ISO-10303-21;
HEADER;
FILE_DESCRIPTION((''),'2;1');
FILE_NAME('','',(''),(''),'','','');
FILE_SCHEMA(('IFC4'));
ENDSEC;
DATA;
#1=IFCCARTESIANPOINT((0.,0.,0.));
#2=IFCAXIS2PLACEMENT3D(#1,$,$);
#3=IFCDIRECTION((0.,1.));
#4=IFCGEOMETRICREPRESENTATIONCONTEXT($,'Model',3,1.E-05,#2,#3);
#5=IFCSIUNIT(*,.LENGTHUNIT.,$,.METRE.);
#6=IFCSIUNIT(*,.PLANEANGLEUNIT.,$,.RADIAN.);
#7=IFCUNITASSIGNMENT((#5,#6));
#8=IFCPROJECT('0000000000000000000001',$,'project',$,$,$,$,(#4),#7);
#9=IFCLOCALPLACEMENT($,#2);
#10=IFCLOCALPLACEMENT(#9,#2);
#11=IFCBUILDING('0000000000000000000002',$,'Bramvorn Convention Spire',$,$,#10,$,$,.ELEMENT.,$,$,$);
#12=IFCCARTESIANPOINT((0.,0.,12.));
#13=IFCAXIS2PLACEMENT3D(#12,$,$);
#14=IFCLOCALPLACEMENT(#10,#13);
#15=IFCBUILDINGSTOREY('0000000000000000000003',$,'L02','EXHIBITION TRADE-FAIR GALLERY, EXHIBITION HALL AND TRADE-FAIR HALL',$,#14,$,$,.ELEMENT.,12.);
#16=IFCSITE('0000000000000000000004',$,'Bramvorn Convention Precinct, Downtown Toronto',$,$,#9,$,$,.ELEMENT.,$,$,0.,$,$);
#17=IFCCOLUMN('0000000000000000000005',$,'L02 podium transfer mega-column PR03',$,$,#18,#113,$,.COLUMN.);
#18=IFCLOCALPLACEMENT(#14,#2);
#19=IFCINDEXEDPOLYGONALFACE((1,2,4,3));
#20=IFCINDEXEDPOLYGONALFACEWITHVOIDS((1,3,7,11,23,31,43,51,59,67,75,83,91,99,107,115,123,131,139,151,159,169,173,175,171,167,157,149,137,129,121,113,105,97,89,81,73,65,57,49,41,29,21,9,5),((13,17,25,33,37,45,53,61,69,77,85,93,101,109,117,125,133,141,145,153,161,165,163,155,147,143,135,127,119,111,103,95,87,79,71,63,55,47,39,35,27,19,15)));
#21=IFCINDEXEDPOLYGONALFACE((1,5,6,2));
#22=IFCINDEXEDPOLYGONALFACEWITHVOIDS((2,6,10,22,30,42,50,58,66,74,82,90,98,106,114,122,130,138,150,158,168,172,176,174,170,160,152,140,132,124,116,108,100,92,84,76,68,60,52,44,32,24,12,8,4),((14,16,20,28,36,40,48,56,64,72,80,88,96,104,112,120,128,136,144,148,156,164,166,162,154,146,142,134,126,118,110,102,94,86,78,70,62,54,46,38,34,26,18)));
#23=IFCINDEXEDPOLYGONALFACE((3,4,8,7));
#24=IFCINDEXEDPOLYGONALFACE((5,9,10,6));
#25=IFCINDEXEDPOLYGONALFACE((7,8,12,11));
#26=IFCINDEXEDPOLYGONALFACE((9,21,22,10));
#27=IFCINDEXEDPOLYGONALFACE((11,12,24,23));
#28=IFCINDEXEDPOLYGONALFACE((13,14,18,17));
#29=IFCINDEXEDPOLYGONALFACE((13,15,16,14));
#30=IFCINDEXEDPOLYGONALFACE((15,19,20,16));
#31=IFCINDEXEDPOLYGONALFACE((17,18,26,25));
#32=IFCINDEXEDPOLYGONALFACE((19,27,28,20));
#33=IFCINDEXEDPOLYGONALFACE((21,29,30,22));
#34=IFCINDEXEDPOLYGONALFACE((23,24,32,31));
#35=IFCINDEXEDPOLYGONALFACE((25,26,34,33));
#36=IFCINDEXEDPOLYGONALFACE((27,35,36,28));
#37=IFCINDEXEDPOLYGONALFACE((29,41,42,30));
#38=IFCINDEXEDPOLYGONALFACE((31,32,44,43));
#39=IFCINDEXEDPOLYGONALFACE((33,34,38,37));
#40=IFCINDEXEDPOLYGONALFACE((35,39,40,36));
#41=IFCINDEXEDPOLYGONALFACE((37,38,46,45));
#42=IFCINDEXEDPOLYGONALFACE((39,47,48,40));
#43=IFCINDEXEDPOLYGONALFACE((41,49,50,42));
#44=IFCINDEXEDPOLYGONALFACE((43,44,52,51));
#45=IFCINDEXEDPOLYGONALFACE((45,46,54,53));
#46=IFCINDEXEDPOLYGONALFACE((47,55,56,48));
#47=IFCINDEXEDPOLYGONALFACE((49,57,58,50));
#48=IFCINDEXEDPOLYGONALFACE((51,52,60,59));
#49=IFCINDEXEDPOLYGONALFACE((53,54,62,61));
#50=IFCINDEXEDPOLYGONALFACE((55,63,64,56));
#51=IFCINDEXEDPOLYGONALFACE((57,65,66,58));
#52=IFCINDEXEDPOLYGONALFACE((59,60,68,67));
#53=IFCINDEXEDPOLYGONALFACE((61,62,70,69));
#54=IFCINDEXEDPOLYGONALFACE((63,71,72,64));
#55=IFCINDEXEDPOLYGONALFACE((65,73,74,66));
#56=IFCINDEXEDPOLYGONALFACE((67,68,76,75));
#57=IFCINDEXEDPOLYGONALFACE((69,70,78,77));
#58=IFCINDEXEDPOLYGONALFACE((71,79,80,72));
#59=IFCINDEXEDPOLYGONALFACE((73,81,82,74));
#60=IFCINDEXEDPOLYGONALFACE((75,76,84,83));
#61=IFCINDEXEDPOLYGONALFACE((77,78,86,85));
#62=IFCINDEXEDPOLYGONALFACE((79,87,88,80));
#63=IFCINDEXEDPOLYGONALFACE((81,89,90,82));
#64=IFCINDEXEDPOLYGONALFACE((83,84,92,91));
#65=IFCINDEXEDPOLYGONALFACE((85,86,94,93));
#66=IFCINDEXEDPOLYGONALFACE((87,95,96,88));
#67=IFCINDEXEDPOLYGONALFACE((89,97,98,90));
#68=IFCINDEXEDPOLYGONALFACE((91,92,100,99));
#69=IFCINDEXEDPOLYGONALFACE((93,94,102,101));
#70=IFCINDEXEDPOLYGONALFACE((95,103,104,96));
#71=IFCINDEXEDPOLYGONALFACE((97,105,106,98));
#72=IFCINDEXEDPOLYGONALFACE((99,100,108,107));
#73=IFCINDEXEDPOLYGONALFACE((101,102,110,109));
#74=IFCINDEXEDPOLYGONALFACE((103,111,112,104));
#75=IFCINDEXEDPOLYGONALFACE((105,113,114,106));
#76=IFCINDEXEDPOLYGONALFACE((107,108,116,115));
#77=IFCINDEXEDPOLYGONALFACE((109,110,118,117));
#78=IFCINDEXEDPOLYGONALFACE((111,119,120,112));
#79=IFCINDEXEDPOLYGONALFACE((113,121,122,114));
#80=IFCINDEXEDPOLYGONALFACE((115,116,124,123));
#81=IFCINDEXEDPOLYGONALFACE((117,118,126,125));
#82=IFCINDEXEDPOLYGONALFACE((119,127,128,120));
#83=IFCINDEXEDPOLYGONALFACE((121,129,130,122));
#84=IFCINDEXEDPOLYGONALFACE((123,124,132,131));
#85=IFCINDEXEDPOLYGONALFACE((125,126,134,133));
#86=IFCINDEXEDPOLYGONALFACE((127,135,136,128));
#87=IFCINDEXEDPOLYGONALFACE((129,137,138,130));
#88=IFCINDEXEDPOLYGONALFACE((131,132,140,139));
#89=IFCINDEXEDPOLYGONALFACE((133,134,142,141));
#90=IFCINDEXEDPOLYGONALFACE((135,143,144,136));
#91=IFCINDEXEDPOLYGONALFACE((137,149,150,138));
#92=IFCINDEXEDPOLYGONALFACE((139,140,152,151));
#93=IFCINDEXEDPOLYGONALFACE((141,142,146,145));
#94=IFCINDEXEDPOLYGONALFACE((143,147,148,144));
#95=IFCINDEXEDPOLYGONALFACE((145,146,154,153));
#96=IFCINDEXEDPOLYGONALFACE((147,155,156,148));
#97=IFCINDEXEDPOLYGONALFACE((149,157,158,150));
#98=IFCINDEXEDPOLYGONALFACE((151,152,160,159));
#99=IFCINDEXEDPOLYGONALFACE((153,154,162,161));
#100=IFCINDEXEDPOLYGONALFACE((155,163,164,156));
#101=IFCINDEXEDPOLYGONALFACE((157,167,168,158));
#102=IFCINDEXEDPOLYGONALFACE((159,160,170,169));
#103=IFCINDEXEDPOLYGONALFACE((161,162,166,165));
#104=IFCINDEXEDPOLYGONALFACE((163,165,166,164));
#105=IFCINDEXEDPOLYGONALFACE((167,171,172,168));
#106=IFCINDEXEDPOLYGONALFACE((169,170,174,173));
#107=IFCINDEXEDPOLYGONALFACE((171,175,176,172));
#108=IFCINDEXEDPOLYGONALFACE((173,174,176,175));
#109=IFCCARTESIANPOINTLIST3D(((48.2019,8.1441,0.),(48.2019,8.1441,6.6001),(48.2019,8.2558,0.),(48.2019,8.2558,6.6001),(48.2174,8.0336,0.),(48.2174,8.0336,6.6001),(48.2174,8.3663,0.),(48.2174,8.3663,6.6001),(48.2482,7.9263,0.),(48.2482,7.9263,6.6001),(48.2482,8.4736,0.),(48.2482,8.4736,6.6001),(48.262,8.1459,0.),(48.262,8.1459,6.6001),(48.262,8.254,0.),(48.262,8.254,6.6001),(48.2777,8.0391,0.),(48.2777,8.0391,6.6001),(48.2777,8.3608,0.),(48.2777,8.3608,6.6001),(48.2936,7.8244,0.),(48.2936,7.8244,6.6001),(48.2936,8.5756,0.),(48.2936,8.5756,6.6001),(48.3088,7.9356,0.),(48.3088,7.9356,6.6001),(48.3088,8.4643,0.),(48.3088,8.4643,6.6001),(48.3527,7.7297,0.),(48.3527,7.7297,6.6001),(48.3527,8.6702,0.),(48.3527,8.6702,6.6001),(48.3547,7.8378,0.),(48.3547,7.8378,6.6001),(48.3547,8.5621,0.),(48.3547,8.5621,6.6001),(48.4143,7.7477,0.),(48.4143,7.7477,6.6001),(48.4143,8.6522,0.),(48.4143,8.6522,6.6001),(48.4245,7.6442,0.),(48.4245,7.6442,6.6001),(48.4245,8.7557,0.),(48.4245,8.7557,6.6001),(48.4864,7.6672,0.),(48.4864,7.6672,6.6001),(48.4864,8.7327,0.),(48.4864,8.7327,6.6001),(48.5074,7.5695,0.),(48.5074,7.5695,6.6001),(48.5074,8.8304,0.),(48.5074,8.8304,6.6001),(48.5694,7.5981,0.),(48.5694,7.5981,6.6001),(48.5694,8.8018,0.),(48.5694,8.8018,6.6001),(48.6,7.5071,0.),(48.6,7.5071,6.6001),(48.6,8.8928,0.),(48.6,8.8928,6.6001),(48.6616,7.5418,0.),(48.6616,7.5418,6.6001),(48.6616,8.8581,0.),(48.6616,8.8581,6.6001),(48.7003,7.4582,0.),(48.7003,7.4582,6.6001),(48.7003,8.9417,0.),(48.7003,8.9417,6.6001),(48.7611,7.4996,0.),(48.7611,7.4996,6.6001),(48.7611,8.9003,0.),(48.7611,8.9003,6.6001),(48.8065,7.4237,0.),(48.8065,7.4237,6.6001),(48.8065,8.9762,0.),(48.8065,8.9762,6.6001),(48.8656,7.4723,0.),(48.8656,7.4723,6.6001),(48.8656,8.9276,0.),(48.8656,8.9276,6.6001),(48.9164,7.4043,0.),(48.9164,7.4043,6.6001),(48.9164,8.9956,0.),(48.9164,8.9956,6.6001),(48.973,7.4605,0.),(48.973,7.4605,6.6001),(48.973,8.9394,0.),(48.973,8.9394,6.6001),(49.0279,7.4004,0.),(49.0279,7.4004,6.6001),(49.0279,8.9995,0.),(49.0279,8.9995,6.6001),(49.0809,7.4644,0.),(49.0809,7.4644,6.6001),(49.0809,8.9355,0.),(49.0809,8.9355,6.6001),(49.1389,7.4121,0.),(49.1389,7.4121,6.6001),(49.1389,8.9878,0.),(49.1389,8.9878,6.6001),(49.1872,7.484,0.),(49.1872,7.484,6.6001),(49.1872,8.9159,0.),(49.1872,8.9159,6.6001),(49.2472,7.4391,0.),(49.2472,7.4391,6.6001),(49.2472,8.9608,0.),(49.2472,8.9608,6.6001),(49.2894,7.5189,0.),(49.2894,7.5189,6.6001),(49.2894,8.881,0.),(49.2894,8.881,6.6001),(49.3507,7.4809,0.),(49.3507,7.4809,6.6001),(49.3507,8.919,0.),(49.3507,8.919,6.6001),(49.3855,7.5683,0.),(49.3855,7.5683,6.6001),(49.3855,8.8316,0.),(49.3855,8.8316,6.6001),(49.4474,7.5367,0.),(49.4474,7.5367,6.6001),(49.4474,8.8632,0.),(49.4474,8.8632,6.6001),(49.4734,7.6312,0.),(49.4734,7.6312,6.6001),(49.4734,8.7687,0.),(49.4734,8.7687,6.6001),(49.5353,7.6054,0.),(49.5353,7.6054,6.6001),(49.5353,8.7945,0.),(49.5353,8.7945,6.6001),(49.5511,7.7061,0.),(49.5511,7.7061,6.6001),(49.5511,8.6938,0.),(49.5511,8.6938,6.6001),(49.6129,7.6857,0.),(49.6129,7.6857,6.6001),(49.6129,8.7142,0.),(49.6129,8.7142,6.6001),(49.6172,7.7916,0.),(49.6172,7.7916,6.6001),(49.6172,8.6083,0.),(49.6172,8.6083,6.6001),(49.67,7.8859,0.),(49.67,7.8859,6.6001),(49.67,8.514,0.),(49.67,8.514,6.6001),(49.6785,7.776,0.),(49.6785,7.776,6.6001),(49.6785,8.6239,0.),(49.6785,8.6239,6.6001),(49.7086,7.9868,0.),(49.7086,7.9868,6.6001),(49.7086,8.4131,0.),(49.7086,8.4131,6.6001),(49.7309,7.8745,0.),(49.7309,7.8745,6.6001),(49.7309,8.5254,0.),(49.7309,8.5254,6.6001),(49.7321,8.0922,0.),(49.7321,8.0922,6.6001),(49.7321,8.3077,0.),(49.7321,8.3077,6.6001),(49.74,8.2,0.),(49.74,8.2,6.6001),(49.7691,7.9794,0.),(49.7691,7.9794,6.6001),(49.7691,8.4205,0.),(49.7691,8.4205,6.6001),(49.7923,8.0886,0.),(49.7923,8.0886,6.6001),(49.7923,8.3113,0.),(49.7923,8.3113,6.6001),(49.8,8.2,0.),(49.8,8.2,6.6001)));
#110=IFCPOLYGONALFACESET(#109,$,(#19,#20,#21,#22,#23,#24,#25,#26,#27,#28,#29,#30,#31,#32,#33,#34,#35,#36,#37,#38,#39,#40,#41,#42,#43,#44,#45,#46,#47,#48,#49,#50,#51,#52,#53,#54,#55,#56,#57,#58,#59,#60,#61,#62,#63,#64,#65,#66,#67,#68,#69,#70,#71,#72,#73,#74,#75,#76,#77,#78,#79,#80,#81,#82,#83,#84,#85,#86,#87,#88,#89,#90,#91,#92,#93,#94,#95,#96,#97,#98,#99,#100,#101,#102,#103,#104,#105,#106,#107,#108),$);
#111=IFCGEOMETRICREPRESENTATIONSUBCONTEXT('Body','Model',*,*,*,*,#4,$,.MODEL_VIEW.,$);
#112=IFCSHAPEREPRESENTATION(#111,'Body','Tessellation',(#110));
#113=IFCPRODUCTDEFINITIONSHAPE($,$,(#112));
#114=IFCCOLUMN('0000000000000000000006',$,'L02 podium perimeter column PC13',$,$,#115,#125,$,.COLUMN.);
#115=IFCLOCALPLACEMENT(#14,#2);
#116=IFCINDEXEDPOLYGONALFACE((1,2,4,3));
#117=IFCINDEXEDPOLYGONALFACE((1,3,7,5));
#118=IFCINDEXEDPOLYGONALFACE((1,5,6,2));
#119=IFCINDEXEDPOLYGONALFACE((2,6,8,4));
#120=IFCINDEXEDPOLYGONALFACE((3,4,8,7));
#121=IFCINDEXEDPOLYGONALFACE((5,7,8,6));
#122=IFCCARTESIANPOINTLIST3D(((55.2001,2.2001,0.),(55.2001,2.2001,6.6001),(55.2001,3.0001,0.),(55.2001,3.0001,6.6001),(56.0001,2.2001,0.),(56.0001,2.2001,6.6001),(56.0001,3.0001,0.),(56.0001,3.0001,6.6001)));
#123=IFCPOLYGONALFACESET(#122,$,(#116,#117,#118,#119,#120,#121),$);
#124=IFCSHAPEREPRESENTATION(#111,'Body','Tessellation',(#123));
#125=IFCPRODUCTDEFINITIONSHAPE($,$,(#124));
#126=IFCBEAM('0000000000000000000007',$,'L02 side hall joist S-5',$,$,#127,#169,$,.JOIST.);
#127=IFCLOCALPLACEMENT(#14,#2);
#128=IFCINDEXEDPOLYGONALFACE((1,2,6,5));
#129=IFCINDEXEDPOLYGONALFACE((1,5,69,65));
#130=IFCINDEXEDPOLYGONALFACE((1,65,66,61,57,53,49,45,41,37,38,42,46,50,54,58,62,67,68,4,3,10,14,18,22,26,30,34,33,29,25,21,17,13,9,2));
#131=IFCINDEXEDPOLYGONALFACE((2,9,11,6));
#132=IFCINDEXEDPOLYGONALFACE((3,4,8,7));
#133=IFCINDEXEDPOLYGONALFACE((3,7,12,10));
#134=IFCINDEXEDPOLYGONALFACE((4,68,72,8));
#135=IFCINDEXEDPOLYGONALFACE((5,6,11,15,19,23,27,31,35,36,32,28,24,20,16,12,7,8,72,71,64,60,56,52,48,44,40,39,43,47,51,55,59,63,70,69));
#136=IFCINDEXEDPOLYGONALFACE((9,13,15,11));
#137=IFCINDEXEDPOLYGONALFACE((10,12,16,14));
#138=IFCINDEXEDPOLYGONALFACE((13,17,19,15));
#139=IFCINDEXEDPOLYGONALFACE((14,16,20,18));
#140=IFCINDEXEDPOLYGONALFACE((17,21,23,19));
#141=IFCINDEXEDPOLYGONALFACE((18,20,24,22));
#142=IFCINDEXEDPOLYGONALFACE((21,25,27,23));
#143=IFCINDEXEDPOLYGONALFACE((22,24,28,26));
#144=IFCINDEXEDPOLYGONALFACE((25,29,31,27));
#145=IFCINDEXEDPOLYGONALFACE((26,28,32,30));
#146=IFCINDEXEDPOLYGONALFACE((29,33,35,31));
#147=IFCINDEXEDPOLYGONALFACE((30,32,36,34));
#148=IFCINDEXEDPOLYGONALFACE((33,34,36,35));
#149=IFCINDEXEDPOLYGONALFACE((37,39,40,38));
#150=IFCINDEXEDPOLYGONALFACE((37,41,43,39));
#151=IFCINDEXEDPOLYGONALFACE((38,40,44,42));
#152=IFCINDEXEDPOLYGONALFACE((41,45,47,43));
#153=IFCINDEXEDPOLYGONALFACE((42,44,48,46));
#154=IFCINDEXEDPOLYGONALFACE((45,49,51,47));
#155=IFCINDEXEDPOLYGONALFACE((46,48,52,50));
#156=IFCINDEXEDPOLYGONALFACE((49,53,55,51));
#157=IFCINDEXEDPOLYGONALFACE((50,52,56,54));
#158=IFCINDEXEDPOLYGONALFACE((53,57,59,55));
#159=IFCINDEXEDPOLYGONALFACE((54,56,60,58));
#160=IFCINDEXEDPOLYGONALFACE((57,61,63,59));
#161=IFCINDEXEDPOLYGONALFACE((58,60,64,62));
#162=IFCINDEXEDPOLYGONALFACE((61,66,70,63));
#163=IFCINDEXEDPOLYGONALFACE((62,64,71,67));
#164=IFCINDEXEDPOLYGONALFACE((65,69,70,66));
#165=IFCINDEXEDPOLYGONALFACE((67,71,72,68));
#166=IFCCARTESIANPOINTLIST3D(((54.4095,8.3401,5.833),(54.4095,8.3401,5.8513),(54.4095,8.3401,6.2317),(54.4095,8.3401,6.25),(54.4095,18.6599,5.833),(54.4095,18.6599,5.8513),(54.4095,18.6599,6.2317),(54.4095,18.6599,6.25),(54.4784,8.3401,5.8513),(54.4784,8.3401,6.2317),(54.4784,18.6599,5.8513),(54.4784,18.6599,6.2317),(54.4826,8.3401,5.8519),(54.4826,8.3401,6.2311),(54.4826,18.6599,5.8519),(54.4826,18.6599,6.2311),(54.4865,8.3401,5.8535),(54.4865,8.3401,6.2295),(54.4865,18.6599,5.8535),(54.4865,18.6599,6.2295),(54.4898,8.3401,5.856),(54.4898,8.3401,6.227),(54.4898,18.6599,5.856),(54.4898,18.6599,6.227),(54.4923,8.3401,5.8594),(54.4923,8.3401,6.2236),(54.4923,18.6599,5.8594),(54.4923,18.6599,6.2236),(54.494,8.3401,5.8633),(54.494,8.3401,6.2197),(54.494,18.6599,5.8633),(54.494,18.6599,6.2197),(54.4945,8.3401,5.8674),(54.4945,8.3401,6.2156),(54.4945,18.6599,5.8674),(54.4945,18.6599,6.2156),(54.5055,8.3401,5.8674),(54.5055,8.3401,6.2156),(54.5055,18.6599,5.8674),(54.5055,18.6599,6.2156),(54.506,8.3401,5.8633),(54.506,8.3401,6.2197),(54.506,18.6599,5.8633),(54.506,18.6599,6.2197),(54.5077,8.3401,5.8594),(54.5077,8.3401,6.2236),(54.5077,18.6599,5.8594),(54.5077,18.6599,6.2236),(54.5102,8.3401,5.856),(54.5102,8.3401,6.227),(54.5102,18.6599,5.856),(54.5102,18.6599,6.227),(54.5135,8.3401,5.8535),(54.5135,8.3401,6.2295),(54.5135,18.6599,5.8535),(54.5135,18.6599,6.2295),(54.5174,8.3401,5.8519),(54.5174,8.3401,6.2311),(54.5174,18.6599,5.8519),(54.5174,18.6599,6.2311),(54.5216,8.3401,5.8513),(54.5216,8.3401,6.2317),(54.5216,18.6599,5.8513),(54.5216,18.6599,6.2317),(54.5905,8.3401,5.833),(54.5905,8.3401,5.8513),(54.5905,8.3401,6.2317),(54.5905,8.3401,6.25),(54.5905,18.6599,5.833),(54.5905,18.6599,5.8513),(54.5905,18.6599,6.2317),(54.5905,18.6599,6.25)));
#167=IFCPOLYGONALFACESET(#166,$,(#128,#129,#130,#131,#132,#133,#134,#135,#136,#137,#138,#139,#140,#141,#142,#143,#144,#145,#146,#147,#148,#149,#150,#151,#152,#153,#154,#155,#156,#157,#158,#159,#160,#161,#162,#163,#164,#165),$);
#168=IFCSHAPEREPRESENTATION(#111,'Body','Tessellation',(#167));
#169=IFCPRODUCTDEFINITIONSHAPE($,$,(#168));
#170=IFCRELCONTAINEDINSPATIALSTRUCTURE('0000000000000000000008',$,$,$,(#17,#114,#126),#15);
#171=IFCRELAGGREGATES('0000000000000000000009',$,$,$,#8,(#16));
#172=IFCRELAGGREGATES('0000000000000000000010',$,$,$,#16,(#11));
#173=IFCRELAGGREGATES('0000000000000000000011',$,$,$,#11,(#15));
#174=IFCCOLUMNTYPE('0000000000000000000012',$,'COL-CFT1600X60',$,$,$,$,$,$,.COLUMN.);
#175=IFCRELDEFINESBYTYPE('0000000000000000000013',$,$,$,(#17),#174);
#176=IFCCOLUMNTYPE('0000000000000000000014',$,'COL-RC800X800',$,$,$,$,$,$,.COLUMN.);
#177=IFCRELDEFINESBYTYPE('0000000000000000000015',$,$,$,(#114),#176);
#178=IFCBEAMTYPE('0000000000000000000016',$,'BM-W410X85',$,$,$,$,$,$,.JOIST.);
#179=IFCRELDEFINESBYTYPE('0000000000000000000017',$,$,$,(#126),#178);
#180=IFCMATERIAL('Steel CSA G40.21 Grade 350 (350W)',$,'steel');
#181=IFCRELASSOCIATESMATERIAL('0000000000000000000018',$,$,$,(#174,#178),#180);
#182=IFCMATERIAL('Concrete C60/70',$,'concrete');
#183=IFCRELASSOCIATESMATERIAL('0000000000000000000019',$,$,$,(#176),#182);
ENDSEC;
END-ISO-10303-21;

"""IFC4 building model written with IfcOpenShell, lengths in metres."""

from ifc_helpers import new_model, si_unit, direction, frame, origin, origin_2d, place, context, subcontext, project, spatial, rectangle, hollow_circle, i_section, extrude, material, material_profile, profile_set, type_object, element, save


model = new_model("IFC4")

# Units and contexts
model_context = context("Model", 3, precision=1e-05, world=origin(), true_north=direction((0.0, 1.0)))
body_context = subcontext(model_context, "Body", "Model", "MODEL_VIEW")
ifc_project = project(units=[si_unit("LENGTHUNIT", "METRE"), si_unit("PLANEANGLEUNIT", "RADIAN")], contexts=[model_context])

# Site, building, storey
site_placement = place(None, origin())
site = spatial("IfcSite", under=ifc_project, at=site_placement, Name="Bramvorn Convention Precinct, Downtown Toronto", CompositionType="ELEMENT", RefElevation=0.0)
building_placement = place(site_placement, origin())
building = spatial("IfcBuilding", under=site, at=building_placement, Name="Bramvorn Convention Spire", CompositionType="ELEMENT")
storey_placement = place(building_placement, frame((0.0, 0.0, 12.0)))
storey = spatial("IfcBuildingStorey", under=building, at=storey_placement, Name="L02", Description="EXHIBITION TRADE-FAIR GALLERY, EXHIBITION HALL AND TRADE-FAIR HALL", CompositionType="ELEMENT", Elevation=12.0)

# Columns
ifc_material_1 = material(Name="Steel CSA G40.21 Grade 350 (350W)", Category="steel")
ifc_material_profile_1 = material_profile(ifc_material_1, hollow_circle(Radius=0.8, WallThickness=0.0601, at=origin_2d()))
ifc_profile_set_1 = profile_set([ifc_material_profile_1], Name="Steel CSA G40.21 Grade 350 (350W) - CFT1600X60")
column_type_1 = type_object("IfcColumnType", Name="COL-CFT1600X60", PredefinedType="COLUMN", material=ifc_profile_set_1)
column_1_placement = place(storey_placement, frame((49.0, 8.2, 0.0), z_axis=(0.0, 0.0, 1.0), x_axis=(1.0, 0.0, 0.0)))
element("IfcColumn", 1, at=column_1_placement, inside=storey, type_object=column_type_1, Name="L02 podium transfer mega-column PR03", PredefinedType="COLUMN", context=body_context, shape_type="SweptSolid", body=[
    extrude(hollow_circle(Radius=0.8, WallThickness=0.0601, at=origin_2d()), origin(), (0.0, 0.0, 1.0), 6.6001),
])
ifc_material_2 = material(Name="Concrete C60/70", Category="concrete")
ifc_material_profile_2 = material_profile(ifc_material_2, rectangle(XDim=0.8, YDim=0.8, at=origin_2d()))
ifc_profile_set_2 = profile_set([ifc_material_profile_2], Name="Concrete C60/70 - RC800X800")
column_type_2 = type_object("IfcColumnType", Name="COL-RC800X800", PredefinedType="COLUMN", material=ifc_profile_set_2)
column_2_placement = place(storey_placement, frame((55.6001, 2.6001, 0.0), z_axis=(0.0, 0.0, 1.0), x_axis=(1.0, 0.0, 0.0)))
element("IfcColumn", 2, at=column_2_placement, inside=storey, type_object=column_type_2, Name="L02 podium perimeter column PC13", PredefinedType="COLUMN", context=body_context, shape_type="SweptSolid", body=[
    extrude(rectangle(XDim=0.8, YDim=0.8, at=origin_2d()), origin(), (0.0, 0.0, 1.0), 6.6001),
])

# Beam
ifc_material_profile_3 = material_profile(ifc_material_1, i_section(OverallWidth=0.1809, OverallDepth=0.417, WebThickness=0.011, FlangeThickness=0.0183, FilletRadius=0.0161, at=origin_2d()))
ifc_profile_set_3 = profile_set([ifc_material_profile_3], Name="Steel CSA G40.21 Grade 350 (350W) - W410X85")
beam_type_1 = type_object("IfcBeamType", Name="BM-W410X85", PredefinedType="JOIST", material=ifc_profile_set_3)
for number, where, z_axis, x_axis, name in (
    (3, (54.5, 8.3401, 6.0415), (0.0, 1.0, 0.0), (-1.0, 0.0, 0.0), "L02 side hall joist S-5"),
):
    element("IfcBeam", number, at=place(storey_placement, frame(where, z_axis=z_axis, x_axis=x_axis)), inside=storey, type_object=beam_type_1, Name=name, PredefinedType="JOIST", context=body_context, shape_type="SweptSolid", body=[
        extrude(i_section(OverallWidth=0.1809, OverallDepth=0.417, WebThickness=0.011, FlangeThickness=0.0183, FilletRadius=0.0161, at=origin_2d()), origin(), (0.0, 0.0, 1.0), 10.3198),
    ])

save(model, "model.ifc")
